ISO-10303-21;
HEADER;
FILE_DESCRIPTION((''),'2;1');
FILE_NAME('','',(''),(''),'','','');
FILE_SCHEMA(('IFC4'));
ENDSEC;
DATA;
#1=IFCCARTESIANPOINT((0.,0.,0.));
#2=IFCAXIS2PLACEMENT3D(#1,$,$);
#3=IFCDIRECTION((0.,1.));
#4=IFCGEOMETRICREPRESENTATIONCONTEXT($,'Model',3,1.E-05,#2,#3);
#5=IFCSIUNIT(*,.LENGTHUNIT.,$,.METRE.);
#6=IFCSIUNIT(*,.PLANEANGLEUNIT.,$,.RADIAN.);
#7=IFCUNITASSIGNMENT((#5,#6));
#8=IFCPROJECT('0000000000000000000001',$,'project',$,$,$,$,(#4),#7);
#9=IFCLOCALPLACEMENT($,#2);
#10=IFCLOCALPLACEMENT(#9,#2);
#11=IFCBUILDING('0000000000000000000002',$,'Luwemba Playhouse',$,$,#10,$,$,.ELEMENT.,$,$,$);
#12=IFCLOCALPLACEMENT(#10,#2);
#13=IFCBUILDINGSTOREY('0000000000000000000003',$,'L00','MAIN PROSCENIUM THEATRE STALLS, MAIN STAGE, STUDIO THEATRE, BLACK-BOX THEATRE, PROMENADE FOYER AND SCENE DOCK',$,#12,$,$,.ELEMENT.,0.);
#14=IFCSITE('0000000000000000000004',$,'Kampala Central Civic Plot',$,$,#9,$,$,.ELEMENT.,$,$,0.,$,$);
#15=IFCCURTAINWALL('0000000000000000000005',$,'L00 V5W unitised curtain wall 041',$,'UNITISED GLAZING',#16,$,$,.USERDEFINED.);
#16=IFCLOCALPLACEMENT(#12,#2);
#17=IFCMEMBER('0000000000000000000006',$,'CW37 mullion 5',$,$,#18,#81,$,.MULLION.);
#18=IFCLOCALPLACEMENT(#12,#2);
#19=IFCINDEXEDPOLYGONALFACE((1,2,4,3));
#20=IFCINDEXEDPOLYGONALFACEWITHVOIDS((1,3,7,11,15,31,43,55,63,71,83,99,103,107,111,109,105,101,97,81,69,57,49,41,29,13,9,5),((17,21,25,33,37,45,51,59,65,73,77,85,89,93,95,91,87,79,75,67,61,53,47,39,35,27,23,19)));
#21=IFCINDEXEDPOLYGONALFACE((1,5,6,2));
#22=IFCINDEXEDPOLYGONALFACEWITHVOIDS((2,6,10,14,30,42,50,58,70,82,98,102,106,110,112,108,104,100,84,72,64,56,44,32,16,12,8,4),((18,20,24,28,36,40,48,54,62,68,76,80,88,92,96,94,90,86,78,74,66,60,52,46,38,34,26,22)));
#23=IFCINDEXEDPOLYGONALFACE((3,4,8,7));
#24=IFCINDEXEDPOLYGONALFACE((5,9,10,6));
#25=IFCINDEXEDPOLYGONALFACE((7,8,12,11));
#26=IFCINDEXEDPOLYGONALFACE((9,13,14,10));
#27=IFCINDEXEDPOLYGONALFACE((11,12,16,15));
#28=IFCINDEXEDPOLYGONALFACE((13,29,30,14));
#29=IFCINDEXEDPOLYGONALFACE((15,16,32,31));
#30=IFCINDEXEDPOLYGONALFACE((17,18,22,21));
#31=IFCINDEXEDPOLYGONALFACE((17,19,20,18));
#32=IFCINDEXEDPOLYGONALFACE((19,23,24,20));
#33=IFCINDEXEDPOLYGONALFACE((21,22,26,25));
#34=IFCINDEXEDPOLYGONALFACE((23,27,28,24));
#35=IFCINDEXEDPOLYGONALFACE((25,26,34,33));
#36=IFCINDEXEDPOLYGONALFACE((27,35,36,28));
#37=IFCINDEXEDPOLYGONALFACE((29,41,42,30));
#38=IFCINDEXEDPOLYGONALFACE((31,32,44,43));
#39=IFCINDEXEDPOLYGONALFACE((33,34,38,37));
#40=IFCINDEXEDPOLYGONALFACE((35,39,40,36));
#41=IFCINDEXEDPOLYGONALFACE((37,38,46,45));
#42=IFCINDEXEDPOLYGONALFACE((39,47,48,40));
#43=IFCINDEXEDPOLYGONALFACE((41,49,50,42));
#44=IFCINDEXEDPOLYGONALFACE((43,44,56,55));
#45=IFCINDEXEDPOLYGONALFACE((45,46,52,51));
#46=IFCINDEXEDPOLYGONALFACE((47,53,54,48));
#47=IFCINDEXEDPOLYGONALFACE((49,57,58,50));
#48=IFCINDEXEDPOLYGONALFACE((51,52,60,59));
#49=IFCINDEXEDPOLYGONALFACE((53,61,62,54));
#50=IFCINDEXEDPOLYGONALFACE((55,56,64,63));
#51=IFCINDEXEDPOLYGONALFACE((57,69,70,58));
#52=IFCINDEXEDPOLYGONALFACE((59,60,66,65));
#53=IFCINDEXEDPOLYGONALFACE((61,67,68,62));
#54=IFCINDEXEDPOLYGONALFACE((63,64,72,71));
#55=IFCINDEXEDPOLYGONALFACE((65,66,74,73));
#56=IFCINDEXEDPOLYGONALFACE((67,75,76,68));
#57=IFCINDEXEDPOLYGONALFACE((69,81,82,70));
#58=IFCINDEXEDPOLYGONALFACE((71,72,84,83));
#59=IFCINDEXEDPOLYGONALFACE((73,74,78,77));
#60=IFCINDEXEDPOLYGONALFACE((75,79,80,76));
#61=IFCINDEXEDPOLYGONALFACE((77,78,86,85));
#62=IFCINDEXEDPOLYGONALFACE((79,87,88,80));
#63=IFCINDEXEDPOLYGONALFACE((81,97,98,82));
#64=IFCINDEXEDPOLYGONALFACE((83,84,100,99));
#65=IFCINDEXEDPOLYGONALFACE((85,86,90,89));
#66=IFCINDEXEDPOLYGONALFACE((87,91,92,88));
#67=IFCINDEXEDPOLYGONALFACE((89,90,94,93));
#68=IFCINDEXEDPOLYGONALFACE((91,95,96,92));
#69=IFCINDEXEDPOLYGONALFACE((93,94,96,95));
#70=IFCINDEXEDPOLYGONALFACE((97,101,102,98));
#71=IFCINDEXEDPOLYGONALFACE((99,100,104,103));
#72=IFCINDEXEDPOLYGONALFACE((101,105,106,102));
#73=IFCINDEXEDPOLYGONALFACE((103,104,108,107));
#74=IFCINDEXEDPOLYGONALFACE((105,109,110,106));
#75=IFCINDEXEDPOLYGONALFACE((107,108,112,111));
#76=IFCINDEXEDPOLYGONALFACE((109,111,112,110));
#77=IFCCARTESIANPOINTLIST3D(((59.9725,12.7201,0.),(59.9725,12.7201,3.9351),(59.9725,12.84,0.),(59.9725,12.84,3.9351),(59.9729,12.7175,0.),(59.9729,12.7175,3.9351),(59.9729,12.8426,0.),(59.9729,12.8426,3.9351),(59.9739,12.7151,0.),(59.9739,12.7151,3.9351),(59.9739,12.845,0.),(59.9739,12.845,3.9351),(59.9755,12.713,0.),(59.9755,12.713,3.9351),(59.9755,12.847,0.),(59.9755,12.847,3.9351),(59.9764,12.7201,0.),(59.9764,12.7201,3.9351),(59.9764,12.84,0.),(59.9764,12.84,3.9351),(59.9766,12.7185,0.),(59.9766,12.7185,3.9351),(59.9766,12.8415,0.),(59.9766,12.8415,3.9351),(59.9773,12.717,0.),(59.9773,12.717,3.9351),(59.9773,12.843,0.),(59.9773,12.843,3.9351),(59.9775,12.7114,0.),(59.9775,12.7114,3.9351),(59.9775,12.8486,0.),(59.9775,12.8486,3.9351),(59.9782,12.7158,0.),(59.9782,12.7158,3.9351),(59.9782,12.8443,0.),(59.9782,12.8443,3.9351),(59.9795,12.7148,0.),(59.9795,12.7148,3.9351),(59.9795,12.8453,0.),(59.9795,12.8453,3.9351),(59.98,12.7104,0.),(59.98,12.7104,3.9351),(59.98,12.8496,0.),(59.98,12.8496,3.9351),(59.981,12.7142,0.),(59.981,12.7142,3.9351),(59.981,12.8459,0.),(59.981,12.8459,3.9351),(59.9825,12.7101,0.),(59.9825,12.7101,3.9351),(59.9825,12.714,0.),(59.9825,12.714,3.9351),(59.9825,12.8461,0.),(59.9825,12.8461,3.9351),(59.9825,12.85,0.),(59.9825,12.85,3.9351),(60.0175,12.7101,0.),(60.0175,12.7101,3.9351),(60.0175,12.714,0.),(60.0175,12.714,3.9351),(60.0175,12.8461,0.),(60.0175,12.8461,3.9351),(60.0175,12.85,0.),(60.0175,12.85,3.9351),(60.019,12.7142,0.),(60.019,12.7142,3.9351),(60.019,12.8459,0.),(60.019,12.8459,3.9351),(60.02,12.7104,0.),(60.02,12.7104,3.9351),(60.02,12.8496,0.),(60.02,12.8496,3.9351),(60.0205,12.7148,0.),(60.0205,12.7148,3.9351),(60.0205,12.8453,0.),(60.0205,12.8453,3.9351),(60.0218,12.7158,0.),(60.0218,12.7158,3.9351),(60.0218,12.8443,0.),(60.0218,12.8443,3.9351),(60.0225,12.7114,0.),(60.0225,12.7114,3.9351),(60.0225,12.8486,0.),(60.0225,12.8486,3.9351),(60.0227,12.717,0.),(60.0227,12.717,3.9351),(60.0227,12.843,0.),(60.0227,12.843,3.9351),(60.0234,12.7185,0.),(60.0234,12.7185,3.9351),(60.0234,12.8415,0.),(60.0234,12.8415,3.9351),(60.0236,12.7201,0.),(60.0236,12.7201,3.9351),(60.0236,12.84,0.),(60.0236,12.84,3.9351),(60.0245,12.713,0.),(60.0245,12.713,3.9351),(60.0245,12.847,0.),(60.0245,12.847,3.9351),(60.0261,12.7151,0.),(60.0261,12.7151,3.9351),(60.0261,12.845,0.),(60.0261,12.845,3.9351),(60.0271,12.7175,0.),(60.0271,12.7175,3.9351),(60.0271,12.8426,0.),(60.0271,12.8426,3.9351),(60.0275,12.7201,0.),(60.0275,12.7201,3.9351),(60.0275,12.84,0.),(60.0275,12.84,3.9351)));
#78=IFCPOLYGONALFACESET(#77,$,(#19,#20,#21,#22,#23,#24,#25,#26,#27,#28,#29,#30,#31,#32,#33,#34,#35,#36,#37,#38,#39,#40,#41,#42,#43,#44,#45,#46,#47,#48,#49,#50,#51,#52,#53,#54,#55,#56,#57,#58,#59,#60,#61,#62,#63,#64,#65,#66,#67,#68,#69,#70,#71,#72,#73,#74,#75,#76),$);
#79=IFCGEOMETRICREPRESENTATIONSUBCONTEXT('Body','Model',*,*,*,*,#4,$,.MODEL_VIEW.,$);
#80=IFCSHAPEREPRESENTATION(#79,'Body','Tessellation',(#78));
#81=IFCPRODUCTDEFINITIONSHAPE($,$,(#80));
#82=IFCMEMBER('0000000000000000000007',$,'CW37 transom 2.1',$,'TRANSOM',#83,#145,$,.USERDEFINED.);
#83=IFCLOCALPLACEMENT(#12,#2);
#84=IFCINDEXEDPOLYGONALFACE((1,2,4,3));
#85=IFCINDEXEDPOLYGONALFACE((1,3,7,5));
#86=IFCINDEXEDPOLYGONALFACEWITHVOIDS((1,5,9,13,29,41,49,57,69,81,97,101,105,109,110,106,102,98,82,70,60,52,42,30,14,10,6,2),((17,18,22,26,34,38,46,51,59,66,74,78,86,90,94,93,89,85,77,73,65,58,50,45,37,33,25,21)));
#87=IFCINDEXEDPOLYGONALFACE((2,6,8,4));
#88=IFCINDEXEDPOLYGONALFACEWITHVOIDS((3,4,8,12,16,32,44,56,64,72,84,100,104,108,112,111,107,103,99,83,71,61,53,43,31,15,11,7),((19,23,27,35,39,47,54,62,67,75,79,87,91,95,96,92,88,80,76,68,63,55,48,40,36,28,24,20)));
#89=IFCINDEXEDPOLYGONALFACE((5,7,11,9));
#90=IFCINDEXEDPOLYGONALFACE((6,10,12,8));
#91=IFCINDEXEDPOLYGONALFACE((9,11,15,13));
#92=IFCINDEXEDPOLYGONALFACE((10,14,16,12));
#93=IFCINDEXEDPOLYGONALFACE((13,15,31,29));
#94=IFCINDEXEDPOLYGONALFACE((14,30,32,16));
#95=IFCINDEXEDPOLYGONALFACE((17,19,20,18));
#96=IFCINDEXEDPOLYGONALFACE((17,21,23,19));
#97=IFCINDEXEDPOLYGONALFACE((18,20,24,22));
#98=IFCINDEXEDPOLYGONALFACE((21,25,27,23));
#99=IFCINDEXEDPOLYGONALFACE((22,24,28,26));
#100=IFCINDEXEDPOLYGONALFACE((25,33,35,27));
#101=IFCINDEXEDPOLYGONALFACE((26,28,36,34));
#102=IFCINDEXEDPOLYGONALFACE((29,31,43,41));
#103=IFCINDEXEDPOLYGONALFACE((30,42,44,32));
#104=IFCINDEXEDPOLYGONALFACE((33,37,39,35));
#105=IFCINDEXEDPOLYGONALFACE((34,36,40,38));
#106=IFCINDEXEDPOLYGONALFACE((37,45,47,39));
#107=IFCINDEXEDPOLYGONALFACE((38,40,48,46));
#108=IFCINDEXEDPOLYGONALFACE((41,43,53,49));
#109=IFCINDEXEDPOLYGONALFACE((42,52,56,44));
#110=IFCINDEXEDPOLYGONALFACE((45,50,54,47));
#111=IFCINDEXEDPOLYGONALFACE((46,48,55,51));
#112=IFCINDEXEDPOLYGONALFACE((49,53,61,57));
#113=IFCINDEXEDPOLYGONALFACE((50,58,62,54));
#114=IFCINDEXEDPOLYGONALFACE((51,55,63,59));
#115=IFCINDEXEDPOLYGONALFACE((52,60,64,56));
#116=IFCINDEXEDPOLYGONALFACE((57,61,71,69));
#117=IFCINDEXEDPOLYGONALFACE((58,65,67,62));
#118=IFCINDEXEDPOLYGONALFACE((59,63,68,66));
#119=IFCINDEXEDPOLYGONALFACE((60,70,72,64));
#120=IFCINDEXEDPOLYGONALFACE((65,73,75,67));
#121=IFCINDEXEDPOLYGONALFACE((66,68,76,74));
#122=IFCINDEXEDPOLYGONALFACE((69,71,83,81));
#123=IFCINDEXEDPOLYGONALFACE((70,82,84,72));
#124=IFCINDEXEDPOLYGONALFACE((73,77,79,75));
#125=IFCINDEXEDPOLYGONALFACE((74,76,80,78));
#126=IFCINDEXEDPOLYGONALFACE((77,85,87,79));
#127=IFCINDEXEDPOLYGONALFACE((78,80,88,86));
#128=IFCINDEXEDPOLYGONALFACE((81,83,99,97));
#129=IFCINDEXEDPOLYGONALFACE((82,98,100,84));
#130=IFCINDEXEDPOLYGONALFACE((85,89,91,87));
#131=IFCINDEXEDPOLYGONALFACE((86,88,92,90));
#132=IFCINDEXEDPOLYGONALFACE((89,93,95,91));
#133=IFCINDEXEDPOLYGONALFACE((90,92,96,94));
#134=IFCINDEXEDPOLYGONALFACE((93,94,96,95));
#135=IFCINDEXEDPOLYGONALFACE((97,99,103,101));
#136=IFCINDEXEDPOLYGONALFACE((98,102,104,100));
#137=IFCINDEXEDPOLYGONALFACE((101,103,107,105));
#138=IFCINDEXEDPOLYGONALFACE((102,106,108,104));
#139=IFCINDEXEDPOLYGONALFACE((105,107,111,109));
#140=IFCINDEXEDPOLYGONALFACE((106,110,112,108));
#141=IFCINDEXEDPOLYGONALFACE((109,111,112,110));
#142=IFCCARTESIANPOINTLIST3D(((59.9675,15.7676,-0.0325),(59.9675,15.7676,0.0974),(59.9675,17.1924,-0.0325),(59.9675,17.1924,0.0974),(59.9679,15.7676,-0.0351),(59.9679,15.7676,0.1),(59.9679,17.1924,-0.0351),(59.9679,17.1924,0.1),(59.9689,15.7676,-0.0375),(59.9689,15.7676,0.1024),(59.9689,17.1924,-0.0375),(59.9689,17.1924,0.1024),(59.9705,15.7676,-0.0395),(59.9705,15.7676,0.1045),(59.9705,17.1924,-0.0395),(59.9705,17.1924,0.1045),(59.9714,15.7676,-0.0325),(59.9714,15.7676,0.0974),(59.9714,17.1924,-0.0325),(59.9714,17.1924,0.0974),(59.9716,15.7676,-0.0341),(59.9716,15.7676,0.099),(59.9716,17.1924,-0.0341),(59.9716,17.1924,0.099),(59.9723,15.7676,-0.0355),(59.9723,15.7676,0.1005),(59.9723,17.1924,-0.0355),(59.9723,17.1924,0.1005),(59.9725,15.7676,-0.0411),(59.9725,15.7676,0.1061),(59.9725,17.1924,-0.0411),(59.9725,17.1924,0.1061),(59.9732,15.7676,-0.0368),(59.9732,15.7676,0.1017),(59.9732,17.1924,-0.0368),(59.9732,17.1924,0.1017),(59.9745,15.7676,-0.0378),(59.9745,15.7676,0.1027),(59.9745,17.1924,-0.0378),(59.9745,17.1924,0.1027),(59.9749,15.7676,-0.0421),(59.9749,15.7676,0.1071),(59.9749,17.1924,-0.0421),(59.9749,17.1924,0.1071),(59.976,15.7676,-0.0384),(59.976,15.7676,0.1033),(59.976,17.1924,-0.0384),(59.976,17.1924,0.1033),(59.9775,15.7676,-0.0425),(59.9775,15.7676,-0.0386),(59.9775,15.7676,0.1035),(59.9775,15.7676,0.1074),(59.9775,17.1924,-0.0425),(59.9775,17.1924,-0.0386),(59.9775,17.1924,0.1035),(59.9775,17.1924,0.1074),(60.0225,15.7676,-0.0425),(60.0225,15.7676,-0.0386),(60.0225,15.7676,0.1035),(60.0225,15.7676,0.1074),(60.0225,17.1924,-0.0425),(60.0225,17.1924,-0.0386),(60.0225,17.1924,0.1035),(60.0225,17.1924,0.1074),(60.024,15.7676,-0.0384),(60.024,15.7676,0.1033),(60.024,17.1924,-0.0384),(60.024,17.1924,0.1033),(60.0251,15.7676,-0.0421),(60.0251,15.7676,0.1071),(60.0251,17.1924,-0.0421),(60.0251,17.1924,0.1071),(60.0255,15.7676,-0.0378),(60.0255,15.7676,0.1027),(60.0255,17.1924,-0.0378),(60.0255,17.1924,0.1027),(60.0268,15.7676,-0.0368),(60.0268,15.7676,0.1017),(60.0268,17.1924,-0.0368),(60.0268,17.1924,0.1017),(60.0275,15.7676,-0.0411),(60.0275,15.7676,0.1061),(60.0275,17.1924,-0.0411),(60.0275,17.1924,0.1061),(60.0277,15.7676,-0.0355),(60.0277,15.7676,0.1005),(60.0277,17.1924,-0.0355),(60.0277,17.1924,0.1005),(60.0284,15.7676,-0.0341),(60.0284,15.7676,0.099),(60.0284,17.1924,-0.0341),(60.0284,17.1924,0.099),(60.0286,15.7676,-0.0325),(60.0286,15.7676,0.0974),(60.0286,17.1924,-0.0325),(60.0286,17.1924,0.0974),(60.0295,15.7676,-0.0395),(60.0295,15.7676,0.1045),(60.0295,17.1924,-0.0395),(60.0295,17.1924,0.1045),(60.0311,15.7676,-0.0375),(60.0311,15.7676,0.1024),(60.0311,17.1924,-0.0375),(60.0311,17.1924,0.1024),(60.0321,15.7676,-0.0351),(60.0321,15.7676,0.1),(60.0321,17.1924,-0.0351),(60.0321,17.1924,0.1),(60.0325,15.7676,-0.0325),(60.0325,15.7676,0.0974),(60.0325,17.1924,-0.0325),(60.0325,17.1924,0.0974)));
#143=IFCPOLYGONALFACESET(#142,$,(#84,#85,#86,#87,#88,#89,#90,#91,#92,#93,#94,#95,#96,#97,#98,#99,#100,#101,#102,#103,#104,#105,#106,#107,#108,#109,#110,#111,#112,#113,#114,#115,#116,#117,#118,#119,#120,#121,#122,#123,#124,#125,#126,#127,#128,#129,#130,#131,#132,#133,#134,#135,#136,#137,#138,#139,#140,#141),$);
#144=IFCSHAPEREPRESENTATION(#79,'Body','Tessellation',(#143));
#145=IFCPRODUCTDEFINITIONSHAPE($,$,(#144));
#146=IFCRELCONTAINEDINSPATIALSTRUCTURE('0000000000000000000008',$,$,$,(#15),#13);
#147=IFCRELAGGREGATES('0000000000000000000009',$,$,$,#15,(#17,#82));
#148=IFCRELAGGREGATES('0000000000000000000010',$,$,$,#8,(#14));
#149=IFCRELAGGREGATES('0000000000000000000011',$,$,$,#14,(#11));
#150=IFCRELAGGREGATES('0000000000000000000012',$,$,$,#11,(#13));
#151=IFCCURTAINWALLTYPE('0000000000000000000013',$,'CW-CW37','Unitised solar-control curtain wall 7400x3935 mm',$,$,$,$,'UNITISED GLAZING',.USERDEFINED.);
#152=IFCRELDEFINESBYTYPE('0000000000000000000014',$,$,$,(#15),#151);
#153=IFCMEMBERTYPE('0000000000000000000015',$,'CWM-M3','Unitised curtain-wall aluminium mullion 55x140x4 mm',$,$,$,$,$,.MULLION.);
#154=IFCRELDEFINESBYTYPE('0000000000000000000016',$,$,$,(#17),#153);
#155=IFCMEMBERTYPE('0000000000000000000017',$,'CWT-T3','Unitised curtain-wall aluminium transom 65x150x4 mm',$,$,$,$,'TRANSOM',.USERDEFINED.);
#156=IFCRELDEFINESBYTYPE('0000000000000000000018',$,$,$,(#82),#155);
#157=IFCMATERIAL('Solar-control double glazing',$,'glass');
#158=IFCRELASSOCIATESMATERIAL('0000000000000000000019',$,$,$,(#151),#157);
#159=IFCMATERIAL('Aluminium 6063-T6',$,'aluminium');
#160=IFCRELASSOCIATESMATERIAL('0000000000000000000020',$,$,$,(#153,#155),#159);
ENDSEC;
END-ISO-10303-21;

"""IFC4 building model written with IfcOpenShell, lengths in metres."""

from ifc_helpers import new_model, si_unit, direction, frame, origin, origin_2d, place, context, subcontext, project, spatial, hollow_rectangle, extrude, material, material_profile, profile_set, type_object, element, aggregate, save


model = new_model("IFC4")

# Units and contexts
model_context = context("Model", 3, precision=1e-05, world=origin(), true_north=direction((0.0, 1.0)))
body_context = subcontext(model_context, "Body", "Model", "MODEL_VIEW")
ifc_project = project(units=[si_unit("LENGTHUNIT", "METRE"), si_unit("PLANEANGLEUNIT", "RADIAN")], contexts=[model_context])

# Site, building, storey
site_placement = place(None, origin())
site = spatial("IfcSite", under=ifc_project, at=site_placement, Name="Kampala Central Civic Plot", CompositionType="ELEMENT", RefElevation=0.0)
building_placement = place(site_placement, origin())
building = spatial("IfcBuilding", under=site, at=building_placement, Name="Luwemba Playhouse", CompositionType="ELEMENT")
storey_placement = place(building_placement, origin())
storey = spatial("IfcBuildingStorey", under=building, at=storey_placement, Name="L00", Description="MAIN PROSCENIUM THEATRE STALLS, MAIN STAGE, STUDIO THEATRE, BLACK-BOX THEATRE, PROMENADE FOYER AND SCENE DOCK", CompositionType="ELEMENT", Elevation=0.0)

# Curtain wall, members
ifc_material_1 = material(Name="Solar-control double glazing", Category="glass")
curtain_wall_type = type_object("IfcCurtainWallType", Name="CW-CW37", Description="Unitised solar-control curtain wall 7400x3935 mm", ElementType="UNITISED GLAZING", PredefinedType="USERDEFINED", material=ifc_material_1)
curtain_wall_placement = place(storey_placement, origin())
curtain_wall = element("IfcCurtainWall", 1, at=curtain_wall_placement, inside=storey, type_object=curtain_wall_type, Name="L00 V5W unitised curtain wall 041", ObjectType="UNITISED GLAZING", PredefinedType="USERDEFINED")
ifc_material_2 = material(Name="Aluminium 6063-T6", Category="aluminium")
ifc_material_profile_1 = material_profile(ifc_material_2, hollow_rectangle(XDim=0.0549, YDim=0.1399, WallThickness=0.0039, InnerFilletRadius=0.0061, OuterFilletRadius=0.01, at=origin_2d()))
ifc_profile_set_1 = profile_set([ifc_material_profile_1], Name="Aluminium 6063-T6")
member_type_1 = type_object("IfcMemberType", Name="CWM-M3", Description="Unitised curtain-wall aluminium mullion 55x140x4 mm", PredefinedType="MULLION", material=ifc_profile_set_1)
member_1_placement = place(storey_placement, frame((60.0, 12.78, 0.0), z_axis=(0.0, 0.0, 1.0), x_axis=(1.0, 0.0, 0.0)))
member_1 = element("IfcMember", 2, at=member_1_placement, type_object=member_type_1, Name="CW37 mullion 5", PredefinedType="MULLION", context=body_context, shape_type="SweptSolid", body=[
    extrude(hollow_rectangle(XDim=0.0549, YDim=0.1399, WallThickness=0.0039, InnerFilletRadius=0.0061, OuterFilletRadius=0.01, at=origin_2d()), origin(), (0.0, 0.0, 1.0), 3.9351),
])
ifc_material_profile_2 = material_profile(ifc_material_2, hollow_rectangle(XDim=0.0649, YDim=0.1499, WallThickness=0.0039, InnerFilletRadius=0.0061, OuterFilletRadius=0.01, at=origin_2d()))
ifc_profile_set_2 = profile_set([ifc_material_profile_2], Name="Aluminium 6063-T6")
member_type_2 = type_object("IfcMemberType", Name="CWT-T3", Description="Unitised curtain-wall aluminium transom 65x150x4 mm", ElementType="TRANSOM", PredefinedType="USERDEFINED", material=ifc_profile_set_2)
member_2_placement = place(storey_placement, frame((60.0, 17.1924, 0.0325), z_axis=(0.0, -1.0, 0.0), x_axis=(1.0, 0.0, 0.0)))
member_2 = element("IfcMember", 3, at=member_2_placement, type_object=member_type_2, Name="CW37 transom 2.1", ObjectType="TRANSOM", PredefinedType="USERDEFINED", context=body_context, shape_type="SweptSolid", body=[
    extrude(hollow_rectangle(XDim=0.0649, YDim=0.1499, WallThickness=0.0039, InnerFilletRadius=0.0061, OuterFilletRadius=0.01, at=origin_2d()), origin(), (0.0, 0.0, 1.0), 1.4248),
])
aggregate(curtain_wall, [member_1, member_2])

save(model, "model.ifc")
